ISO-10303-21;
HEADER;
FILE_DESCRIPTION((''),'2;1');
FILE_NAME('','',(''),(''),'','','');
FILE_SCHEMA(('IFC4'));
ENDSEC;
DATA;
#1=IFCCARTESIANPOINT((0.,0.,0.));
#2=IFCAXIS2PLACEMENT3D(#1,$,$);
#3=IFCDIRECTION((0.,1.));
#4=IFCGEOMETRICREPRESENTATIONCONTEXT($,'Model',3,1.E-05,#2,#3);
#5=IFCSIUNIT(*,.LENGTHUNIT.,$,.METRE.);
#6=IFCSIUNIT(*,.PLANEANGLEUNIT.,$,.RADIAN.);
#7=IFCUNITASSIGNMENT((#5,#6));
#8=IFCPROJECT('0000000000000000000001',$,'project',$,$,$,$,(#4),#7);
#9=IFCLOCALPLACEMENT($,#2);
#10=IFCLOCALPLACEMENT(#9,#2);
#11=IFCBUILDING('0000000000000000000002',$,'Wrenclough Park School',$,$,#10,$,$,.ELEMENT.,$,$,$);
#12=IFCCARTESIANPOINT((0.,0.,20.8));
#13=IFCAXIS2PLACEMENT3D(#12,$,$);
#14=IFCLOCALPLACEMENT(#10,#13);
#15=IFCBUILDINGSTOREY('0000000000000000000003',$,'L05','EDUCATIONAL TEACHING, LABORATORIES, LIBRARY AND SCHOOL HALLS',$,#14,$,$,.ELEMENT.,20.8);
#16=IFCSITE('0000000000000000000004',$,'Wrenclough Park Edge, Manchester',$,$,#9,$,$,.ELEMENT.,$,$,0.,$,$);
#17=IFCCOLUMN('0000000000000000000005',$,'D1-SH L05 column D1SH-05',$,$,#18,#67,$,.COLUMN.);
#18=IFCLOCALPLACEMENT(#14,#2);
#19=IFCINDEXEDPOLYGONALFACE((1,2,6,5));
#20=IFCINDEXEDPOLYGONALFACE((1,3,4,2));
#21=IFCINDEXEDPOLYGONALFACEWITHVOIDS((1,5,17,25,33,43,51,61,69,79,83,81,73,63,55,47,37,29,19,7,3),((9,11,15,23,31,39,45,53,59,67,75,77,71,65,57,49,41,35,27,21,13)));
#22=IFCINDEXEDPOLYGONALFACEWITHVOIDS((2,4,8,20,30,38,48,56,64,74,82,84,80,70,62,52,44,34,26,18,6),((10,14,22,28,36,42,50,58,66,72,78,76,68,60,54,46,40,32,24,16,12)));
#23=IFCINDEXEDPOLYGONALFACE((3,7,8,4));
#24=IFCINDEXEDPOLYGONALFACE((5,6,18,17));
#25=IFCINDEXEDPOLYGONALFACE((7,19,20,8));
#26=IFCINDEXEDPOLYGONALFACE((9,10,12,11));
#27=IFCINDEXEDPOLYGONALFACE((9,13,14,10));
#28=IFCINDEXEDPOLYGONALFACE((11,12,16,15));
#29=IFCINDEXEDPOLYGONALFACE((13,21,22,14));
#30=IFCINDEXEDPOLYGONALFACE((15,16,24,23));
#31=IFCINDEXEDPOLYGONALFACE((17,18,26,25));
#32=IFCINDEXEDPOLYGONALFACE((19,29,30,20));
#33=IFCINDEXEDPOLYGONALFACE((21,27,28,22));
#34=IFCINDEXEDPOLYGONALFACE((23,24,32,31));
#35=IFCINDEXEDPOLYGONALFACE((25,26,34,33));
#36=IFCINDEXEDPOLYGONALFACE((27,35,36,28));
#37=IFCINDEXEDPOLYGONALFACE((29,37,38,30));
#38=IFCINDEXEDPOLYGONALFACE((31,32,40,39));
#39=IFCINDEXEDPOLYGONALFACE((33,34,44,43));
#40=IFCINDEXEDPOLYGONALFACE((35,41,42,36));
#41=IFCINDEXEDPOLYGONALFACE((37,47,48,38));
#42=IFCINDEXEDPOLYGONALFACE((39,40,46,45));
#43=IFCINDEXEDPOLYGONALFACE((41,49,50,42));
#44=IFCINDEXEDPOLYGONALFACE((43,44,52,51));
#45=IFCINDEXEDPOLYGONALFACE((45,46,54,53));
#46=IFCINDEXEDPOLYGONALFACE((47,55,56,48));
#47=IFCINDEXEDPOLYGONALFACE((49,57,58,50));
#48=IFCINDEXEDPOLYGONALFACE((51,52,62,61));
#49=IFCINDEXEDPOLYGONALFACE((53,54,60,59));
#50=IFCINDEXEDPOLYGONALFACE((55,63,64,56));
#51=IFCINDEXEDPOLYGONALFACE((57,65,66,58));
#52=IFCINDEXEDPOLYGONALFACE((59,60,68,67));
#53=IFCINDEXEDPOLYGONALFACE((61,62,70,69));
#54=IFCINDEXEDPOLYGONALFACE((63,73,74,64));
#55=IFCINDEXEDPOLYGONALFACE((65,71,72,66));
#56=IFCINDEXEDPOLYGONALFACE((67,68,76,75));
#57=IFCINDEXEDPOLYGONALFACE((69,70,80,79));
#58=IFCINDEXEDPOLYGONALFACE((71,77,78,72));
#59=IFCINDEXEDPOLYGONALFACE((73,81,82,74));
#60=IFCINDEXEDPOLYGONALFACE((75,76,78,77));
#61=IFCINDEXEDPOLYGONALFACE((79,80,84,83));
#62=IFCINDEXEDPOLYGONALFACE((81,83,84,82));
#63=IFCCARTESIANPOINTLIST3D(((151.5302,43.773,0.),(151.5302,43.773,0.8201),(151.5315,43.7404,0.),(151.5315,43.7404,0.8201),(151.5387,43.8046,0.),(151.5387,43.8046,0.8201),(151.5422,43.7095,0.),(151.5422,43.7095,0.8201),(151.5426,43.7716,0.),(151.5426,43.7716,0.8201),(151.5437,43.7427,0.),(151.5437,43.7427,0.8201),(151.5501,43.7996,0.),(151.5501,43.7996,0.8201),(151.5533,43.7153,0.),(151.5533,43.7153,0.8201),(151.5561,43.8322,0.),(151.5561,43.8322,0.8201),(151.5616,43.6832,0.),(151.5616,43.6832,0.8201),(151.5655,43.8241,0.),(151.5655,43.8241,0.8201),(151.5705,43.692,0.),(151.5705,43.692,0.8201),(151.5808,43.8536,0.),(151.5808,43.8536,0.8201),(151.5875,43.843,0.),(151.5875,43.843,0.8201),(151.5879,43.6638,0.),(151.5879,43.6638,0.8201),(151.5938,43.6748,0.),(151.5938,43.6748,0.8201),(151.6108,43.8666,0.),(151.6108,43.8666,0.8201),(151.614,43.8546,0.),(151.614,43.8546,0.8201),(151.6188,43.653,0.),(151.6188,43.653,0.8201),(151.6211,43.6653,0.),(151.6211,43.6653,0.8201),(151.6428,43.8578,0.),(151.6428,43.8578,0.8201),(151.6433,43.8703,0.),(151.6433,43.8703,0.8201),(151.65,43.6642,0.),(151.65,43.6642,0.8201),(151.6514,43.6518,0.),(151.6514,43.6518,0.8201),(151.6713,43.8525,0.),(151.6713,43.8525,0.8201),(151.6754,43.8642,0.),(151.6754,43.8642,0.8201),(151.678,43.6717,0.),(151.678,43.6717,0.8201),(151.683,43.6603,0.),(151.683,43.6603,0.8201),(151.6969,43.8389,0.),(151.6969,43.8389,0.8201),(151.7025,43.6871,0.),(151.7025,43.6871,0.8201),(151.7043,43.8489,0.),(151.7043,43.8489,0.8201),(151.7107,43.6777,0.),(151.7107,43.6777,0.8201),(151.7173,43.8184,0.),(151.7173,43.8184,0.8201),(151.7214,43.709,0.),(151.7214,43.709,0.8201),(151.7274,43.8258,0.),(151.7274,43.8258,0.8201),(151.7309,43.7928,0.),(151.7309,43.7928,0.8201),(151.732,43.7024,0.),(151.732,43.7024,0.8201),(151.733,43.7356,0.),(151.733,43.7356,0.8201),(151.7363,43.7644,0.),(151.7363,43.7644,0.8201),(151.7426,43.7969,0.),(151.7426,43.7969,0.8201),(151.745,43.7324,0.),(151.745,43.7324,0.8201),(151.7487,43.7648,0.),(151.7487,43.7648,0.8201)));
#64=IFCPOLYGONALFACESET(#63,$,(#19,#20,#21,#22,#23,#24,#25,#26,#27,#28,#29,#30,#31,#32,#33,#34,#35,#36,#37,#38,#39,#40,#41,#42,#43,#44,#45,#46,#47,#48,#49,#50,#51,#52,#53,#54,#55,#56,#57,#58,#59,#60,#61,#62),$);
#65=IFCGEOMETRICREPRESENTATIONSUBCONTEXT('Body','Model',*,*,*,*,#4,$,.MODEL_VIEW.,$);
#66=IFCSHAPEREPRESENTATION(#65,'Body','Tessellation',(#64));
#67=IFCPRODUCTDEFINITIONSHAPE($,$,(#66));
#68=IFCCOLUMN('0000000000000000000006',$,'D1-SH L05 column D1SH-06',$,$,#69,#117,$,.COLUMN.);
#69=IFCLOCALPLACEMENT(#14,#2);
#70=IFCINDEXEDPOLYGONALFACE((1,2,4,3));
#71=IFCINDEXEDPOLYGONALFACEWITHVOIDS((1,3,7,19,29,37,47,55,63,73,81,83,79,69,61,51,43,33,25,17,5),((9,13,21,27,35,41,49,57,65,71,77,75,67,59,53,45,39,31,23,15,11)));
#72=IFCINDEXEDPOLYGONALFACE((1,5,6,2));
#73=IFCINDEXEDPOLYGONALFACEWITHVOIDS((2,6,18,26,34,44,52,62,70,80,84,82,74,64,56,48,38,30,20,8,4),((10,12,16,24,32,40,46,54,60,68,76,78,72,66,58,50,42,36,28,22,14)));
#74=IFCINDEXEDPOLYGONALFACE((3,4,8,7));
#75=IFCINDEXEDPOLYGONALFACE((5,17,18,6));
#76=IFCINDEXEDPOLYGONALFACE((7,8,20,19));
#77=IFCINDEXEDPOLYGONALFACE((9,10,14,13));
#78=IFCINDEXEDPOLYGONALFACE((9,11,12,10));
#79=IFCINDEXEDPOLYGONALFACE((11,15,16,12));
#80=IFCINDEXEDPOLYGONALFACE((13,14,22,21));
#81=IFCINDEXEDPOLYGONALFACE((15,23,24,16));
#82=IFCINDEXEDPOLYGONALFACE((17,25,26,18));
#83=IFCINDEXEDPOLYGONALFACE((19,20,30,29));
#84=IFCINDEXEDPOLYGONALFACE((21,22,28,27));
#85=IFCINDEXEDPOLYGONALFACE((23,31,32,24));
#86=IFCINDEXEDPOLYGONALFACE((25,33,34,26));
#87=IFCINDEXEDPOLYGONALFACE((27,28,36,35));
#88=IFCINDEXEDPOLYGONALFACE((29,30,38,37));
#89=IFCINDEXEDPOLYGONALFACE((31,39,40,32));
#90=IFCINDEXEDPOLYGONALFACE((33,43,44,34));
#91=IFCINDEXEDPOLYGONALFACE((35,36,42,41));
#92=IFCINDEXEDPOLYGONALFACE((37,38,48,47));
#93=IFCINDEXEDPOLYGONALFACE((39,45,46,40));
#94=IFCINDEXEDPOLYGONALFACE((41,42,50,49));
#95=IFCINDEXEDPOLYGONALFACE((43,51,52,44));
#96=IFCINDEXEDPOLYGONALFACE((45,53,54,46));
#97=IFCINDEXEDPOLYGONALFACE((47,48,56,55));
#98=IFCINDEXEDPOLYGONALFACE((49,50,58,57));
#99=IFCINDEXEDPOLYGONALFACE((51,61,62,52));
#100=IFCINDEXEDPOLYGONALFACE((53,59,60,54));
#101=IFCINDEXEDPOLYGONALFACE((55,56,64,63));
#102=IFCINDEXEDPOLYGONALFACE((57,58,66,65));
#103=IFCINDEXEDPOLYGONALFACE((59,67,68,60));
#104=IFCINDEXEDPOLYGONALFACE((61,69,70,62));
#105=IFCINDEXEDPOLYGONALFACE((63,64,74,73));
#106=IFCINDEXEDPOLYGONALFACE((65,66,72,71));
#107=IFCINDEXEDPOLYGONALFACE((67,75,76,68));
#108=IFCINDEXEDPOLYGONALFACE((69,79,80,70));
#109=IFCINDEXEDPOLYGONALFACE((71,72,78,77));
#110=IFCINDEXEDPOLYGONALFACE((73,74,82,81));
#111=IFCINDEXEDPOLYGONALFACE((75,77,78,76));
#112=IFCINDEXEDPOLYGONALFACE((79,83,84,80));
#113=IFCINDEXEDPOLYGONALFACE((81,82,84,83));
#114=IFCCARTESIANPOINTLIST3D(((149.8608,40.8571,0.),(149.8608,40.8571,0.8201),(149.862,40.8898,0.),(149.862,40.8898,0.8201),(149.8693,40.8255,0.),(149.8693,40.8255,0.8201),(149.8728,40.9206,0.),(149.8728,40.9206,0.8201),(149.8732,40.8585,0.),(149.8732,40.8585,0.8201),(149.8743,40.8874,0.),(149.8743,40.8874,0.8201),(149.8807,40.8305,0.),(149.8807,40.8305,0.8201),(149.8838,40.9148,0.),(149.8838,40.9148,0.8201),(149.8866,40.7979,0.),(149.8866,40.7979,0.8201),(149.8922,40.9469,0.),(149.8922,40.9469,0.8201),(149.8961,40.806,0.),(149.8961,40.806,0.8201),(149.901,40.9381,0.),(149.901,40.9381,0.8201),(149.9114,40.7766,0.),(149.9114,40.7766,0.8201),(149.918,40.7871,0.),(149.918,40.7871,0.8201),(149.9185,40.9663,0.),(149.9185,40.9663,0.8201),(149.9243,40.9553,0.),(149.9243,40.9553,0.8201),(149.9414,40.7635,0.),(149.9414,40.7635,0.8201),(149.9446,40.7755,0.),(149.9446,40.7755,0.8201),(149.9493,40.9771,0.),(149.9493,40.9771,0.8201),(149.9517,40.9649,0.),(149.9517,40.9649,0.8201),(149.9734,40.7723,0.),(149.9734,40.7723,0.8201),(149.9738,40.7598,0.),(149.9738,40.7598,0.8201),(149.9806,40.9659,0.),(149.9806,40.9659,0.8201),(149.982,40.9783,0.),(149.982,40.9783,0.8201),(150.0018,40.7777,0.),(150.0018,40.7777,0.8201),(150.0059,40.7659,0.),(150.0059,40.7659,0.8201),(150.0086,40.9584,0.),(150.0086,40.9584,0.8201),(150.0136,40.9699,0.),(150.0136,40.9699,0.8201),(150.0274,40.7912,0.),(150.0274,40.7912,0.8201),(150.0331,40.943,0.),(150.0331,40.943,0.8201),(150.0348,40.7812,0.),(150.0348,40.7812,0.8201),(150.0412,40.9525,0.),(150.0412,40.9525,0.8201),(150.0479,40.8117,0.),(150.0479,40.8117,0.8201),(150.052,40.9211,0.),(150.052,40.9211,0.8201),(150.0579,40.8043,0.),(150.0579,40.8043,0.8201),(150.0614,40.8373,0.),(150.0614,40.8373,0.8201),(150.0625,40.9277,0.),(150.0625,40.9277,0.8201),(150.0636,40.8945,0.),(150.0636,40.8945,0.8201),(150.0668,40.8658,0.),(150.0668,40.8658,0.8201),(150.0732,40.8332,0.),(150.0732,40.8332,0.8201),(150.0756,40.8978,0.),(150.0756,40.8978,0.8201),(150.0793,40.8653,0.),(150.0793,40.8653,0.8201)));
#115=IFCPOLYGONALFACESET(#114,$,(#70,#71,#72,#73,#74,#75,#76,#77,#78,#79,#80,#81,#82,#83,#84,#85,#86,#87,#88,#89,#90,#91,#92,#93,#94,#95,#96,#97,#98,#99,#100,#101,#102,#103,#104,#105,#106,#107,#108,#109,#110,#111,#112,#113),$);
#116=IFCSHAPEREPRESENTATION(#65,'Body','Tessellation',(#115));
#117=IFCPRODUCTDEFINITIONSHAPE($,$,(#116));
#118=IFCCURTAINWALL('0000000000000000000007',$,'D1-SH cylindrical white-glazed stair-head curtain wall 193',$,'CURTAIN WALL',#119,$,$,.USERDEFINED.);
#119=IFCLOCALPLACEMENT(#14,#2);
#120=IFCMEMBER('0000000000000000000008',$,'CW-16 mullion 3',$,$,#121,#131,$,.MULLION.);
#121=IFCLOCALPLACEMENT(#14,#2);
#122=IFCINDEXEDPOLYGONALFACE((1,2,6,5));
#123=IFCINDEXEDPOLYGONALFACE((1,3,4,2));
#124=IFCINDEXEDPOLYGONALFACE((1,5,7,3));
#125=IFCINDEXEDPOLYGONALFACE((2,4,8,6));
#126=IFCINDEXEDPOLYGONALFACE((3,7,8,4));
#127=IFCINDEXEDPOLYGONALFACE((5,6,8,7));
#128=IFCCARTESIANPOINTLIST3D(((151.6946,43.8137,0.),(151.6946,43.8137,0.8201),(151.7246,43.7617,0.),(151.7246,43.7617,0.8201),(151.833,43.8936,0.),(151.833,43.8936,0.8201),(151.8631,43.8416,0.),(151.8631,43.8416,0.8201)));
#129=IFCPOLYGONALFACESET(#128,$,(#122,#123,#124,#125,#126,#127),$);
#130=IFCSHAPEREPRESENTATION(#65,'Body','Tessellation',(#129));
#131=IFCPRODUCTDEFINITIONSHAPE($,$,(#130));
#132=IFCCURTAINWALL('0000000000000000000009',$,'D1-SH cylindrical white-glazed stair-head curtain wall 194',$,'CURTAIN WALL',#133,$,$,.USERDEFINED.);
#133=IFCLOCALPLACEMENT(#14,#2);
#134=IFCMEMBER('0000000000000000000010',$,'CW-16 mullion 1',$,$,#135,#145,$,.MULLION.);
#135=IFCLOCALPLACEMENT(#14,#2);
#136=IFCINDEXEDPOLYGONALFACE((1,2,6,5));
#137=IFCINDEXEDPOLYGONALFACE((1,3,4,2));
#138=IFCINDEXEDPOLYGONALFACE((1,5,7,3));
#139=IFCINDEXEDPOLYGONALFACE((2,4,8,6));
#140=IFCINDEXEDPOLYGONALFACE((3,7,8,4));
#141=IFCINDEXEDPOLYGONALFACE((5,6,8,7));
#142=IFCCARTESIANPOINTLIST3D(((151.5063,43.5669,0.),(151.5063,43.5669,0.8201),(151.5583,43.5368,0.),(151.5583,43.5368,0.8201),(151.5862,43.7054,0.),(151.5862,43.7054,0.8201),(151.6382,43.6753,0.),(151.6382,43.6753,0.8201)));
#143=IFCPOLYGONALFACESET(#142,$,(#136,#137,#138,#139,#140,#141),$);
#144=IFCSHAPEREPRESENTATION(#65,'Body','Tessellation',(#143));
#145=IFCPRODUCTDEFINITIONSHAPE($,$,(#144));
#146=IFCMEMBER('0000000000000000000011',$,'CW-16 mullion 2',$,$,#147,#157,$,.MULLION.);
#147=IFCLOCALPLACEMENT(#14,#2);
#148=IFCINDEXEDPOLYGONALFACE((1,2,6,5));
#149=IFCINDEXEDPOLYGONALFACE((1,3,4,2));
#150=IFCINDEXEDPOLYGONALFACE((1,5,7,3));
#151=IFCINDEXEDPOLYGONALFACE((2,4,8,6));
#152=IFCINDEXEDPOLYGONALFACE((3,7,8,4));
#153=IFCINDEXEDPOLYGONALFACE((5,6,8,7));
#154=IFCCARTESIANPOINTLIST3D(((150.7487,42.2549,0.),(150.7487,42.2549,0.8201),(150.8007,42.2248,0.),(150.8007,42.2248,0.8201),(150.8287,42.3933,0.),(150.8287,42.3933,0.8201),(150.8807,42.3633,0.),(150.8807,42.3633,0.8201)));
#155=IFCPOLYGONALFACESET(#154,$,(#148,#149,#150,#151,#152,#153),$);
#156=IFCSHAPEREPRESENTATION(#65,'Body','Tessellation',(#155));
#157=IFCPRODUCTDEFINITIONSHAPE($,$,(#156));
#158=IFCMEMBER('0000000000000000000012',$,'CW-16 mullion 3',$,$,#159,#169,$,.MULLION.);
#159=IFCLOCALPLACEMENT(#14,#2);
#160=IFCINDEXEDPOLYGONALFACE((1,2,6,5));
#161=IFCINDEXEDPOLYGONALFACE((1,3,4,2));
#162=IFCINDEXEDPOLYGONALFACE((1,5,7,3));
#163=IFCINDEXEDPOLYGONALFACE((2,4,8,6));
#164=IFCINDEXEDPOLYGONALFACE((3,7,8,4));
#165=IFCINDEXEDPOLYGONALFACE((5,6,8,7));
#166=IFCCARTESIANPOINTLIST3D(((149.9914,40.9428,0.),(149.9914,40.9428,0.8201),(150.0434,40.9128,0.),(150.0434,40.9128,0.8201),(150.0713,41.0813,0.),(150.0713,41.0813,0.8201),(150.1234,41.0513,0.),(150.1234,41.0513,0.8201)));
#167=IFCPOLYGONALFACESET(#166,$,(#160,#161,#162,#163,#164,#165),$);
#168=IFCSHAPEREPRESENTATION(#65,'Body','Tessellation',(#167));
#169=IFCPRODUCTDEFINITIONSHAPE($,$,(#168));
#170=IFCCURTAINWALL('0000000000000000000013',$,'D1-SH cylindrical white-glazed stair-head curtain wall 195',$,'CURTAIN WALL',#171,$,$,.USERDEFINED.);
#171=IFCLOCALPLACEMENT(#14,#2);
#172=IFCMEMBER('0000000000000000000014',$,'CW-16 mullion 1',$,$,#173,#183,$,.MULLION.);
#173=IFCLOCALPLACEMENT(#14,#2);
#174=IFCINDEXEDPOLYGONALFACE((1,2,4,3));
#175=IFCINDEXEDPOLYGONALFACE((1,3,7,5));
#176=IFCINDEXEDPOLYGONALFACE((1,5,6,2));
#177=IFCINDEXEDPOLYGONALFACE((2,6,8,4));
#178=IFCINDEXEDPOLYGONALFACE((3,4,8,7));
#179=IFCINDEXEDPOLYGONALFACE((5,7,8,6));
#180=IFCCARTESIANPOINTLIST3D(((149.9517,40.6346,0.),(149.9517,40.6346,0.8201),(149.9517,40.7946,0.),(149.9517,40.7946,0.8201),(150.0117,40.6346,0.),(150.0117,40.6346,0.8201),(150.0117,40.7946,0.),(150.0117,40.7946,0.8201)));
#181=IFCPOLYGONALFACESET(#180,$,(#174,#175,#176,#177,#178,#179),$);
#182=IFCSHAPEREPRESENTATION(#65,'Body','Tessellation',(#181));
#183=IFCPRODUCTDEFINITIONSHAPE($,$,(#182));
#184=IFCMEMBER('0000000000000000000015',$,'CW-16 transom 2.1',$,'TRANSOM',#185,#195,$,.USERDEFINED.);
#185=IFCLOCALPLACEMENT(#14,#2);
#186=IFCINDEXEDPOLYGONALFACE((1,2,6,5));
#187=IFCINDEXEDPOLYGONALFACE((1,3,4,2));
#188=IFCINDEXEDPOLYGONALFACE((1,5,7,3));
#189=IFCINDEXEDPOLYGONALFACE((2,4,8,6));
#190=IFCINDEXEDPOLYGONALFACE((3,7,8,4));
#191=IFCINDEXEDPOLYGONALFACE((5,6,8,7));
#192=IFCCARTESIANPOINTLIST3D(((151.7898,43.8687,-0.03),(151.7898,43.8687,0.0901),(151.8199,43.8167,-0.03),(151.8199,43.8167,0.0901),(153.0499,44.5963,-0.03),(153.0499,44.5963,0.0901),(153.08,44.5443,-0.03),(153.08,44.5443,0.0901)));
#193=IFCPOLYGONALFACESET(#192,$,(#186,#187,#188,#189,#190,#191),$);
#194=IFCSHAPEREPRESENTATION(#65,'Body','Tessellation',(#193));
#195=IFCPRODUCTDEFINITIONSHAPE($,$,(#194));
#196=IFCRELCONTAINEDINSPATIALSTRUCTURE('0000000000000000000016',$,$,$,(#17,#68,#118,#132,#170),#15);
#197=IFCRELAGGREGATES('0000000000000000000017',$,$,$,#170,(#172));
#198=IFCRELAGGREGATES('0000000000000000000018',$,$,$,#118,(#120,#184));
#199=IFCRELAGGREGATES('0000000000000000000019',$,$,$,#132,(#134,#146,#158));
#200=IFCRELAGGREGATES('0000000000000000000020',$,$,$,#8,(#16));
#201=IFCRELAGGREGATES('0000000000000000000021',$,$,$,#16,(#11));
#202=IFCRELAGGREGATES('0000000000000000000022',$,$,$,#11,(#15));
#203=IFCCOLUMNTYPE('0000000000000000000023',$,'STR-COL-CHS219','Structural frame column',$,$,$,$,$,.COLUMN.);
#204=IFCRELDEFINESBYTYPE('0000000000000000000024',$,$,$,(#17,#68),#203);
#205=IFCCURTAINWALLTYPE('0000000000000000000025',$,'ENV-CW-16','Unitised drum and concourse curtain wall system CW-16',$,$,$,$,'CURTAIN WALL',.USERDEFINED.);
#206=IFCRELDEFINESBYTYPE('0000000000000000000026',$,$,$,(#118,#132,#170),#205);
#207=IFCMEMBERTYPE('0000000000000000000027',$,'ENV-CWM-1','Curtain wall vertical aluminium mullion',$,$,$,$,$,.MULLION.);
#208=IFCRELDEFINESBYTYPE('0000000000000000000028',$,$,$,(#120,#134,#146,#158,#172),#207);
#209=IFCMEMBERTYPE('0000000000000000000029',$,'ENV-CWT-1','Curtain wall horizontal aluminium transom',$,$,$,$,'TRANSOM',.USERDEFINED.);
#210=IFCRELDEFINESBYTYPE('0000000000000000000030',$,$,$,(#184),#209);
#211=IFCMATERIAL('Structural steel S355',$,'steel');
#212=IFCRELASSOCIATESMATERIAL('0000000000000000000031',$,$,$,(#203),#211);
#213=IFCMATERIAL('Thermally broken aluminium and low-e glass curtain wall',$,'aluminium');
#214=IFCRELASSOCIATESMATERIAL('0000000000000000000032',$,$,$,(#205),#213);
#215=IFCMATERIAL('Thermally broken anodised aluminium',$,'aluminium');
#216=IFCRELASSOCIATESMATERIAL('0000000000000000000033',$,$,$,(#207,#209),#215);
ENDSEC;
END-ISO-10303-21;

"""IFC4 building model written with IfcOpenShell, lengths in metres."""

from ifc_helpers import new_model, si_unit, direction, frame, origin, origin_2d, place, context, subcontext, project, spatial, rectangle, hollow_circle, extrude, material, material_profile, profile_set, type_object, element, aggregate, save


model = new_model("IFC4")

# Units and contexts
model_context = context("Model", 3, precision=1e-05, world=origin(), true_north=direction((0.0, 1.0)))
body_context = subcontext(model_context, "Body", "Model", "MODEL_VIEW")
ifc_project = project(units=[si_unit("LENGTHUNIT", "METRE"), si_unit("PLANEANGLEUNIT", "RADIAN")], contexts=[model_context])

# Site, building, storey
site_placement = place(None, origin())
site = spatial("IfcSite", under=ifc_project, at=site_placement, Name="Wrenclough Park Edge, Manchester", CompositionType="ELEMENT", RefElevation=0.0)
building_placement = place(site_placement, origin())
building = spatial("IfcBuilding", under=site, at=building_placement, Name="Wrenclough Park School", CompositionType="ELEMENT")
storey_placement = place(building_placement, frame((0.0, 0.0, 20.8)))
storey = spatial("IfcBuildingStorey", under=building, at=storey_placement, Name="L05", Description="EDUCATIONAL TEACHING, LABORATORIES, LIBRARY AND SCHOOL HALLS", CompositionType="ELEMENT", Elevation=20.8)

# Columns
ifc_material_1 = material(Name="Structural steel S355", Category="steel")
ifc_material_profile_1 = material_profile(ifc_material_1, hollow_circle(Radius=0.1096, WallThickness=0.0125, at=origin_2d()), Name="CHS 219.1x12.5")
ifc_profile_set_1 = profile_set([ifc_material_profile_1], Name="Structural steel S355")
column_type = type_object("IfcColumnType", Name="STR-COL-CHS219", Description="Structural frame column", PredefinedType="COLUMN", material=ifc_profile_set_1)
for number, where, z_axis, x_axis, name in (
    (1, (151.6392, 43.7607, 0.0), (0.0, 0.0, 1.0), (-0.707107, -0.707107, 0.0), "D1-SH L05 column D1SH-05"),
    (2, (149.9697, 40.8694, 0.0), (0.0, 0.0, 1.0), (-0.258819, -0.965926, 0.0), "D1-SH L05 column D1SH-06"),
):
    element("IfcColumn", number, at=place(storey_placement, frame(where, z_axis=z_axis, x_axis=x_axis)), inside=storey, type_object=column_type, Name=name, PredefinedType="COLUMN", context=body_context, shape_type="SweptSolid", body=[
        extrude(hollow_circle(Radius=0.1096, WallThickness=0.0125, at=origin_2d()), origin(), (0.0, 0.0, 1.0), 0.8201),
    ])

# Curtain wall, member
ifc_material_2 = material(Name="Thermally broken aluminium and low-e glass curtain wall", Category="aluminium")
curtain_wall_type = type_object("IfcCurtainWallType", Name="ENV-CW-16", Description="Unitised drum and concourse curtain wall system CW-16", ElementType="CURTAIN WALL", PredefinedType="USERDEFINED", material=ifc_material_2)
curtain_wall_1_placement = place(storey_placement, origin())
curtain_wall_1 = element("IfcCurtainWall", 3, at=curtain_wall_1_placement, inside=storey, type_object=curtain_wall_type, Name="D1-SH cylindrical white-glazed stair-head curtain wall 193", ObjectType="CURTAIN WALL", PredefinedType="USERDEFINED")
ifc_material_3 = material(Name="Thermally broken anodised aluminium", Category="aluminium")
ifc_material_profile_2 = material_profile(ifc_material_3, rectangle(XDim=0.0601, YDim=0.1599, at=origin_2d()), Name="AL MULLION 60x160")
ifc_profile_set_2 = profile_set([ifc_material_profile_2], Name="Thermally broken anodised aluminium")
member_type_1 = type_object("IfcMemberType", Name="ENV-CWM-1", Description="Curtain wall vertical aluminium mullion", PredefinedType="MULLION", material=ifc_profile_set_2)
member_1_placement = place(storey_placement, frame((151.7788, 43.8276, 0.0), z_axis=(0.0, 0.0, 1.0), x_axis=(0.500003, -0.866024, 0.0)))
member_1 = element("IfcMember", 4, at=member_1_placement, type_object=member_type_1, Name="CW-16 mullion 3", PredefinedType="MULLION", context=body_context, shape_type="SweptSolid", body=[
    extrude(rectangle(XDim=0.0601, YDim=0.1599, at=origin_2d()), origin(), (0.0, 0.0, 1.0), 0.8201),
])

# Curtain wall, members
curtain_wall_2_placement = place(storey_placement, origin())
curtain_wall_2 = element("IfcCurtainWall", 5, at=curtain_wall_2_placement, inside=storey, type_object=curtain_wall_type, Name="D1-SH cylindrical white-glazed stair-head curtain wall 194", ObjectType="CURTAIN WALL", PredefinedType="USERDEFINED")
member_2_placement = place(storey_placement, frame((151.5723, 43.6211, 0.0), z_axis=(0.0, 0.0, 1.0), x_axis=(0.866024, -0.500003, 0.0)))
member_2 = element("IfcMember", 6, at=member_2_placement, type_object=member_type_1, Name="CW-16 mullion 1", PredefinedType="MULLION", context=body_context, shape_type="SweptSolid", body=[
    extrude(rectangle(XDim=0.0601, YDim=0.1599, at=origin_2d()), origin(), (0.0, 0.0, 1.0), 0.8201),
])
member_3_placement = place(storey_placement, frame((150.8147, 42.3091, 0.0), z_axis=(0.0, 0.0, 1.0), x_axis=(0.866024, -0.500003, 0.0)))
member_3 = element("IfcMember", 7, at=member_3_placement, type_object=member_type_1, Name="CW-16 mullion 2", PredefinedType="MULLION", context=body_context, shape_type="SweptSolid", body=[
    extrude(rectangle(XDim=0.0601, YDim=0.1599, at=origin_2d()), origin(), (0.0, 0.0, 1.0), 0.8201),
])
member_4_placement = place(storey_placement, frame((150.0574, 40.9971, 0.0), z_axis=(0.0, 0.0, 1.0), x_axis=(0.866024, -0.500003, 0.0)))
member_4 = element("IfcMember", 8, at=member_4_placement, type_object=member_type_1, Name="CW-16 mullion 3", PredefinedType="MULLION", context=body_context, shape_type="SweptSolid", body=[
    extrude(rectangle(XDim=0.0601, YDim=0.1599, at=origin_2d()), origin(), (0.0, 0.0, 1.0), 0.8201),
])

# Curtain wall, member
curtain_wall_3_placement = place(storey_placement, origin())
curtain_wall_3 = element("IfcCurtainWall", 9, at=curtain_wall_3_placement, inside=storey, type_object=curtain_wall_type, Name="D1-SH cylindrical white-glazed stair-head curtain wall 195", ObjectType="CURTAIN WALL", PredefinedType="USERDEFINED")
member_5_placement = place(storey_placement, frame((149.9817, 40.7146, 0.0), z_axis=(0.0, 0.0, 1.0), x_axis=(1.0, 0.0, 0.0)))
member_5 = element("IfcMember", 10, at=member_5_placement, type_object=member_type_1, Name="CW-16 mullion 1", PredefinedType="MULLION", context=body_context, shape_type="SweptSolid", body=[
    extrude(rectangle(XDim=0.0601, YDim=0.1599, at=origin_2d()), origin(), (0.0, 0.0, 1.0), 0.8201),
])
aggregate(curtain_wall_3, [member_5])

# Member
ifc_material_profile_3 = material_profile(ifc_material_3, rectangle(XDim=0.0601, YDim=0.1201, at=origin_2d()), Name="AL TRANSOM 60x120")
ifc_profile_set_3 = profile_set([ifc_material_profile_3], Name="Thermally broken anodised aluminium")
member_type_2 = type_object("IfcMemberType", Name="ENV-CWT-1", Description="Curtain wall horizontal aluminium transom", ElementType="TRANSOM", PredefinedType="USERDEFINED", material=ifc_profile_set_3)
member_6_placement = place(storey_placement, frame((153.0649, 44.5703, 0.03), z_axis=(-0.866004, -0.500037, 0.0), x_axis=(0.500037, -0.866004, 0.0)))
member_6 = element("IfcMember", 11, at=member_6_placement, type_object=member_type_2, Name="CW-16 transom 2.1", ObjectType="TRANSOM", PredefinedType="USERDEFINED", context=body_context, shape_type="SweptSolid", body=[
    extrude(rectangle(XDim=0.0601, YDim=0.1201, at=origin_2d()), origin(), (0.0, 0.0, 1.0), 1.4551),
])

aggregate(curtain_wall_1, [member_1, member_6])
aggregate(curtain_wall_2, [member_2, member_3, member_4])

save(model, "model.ifc")
